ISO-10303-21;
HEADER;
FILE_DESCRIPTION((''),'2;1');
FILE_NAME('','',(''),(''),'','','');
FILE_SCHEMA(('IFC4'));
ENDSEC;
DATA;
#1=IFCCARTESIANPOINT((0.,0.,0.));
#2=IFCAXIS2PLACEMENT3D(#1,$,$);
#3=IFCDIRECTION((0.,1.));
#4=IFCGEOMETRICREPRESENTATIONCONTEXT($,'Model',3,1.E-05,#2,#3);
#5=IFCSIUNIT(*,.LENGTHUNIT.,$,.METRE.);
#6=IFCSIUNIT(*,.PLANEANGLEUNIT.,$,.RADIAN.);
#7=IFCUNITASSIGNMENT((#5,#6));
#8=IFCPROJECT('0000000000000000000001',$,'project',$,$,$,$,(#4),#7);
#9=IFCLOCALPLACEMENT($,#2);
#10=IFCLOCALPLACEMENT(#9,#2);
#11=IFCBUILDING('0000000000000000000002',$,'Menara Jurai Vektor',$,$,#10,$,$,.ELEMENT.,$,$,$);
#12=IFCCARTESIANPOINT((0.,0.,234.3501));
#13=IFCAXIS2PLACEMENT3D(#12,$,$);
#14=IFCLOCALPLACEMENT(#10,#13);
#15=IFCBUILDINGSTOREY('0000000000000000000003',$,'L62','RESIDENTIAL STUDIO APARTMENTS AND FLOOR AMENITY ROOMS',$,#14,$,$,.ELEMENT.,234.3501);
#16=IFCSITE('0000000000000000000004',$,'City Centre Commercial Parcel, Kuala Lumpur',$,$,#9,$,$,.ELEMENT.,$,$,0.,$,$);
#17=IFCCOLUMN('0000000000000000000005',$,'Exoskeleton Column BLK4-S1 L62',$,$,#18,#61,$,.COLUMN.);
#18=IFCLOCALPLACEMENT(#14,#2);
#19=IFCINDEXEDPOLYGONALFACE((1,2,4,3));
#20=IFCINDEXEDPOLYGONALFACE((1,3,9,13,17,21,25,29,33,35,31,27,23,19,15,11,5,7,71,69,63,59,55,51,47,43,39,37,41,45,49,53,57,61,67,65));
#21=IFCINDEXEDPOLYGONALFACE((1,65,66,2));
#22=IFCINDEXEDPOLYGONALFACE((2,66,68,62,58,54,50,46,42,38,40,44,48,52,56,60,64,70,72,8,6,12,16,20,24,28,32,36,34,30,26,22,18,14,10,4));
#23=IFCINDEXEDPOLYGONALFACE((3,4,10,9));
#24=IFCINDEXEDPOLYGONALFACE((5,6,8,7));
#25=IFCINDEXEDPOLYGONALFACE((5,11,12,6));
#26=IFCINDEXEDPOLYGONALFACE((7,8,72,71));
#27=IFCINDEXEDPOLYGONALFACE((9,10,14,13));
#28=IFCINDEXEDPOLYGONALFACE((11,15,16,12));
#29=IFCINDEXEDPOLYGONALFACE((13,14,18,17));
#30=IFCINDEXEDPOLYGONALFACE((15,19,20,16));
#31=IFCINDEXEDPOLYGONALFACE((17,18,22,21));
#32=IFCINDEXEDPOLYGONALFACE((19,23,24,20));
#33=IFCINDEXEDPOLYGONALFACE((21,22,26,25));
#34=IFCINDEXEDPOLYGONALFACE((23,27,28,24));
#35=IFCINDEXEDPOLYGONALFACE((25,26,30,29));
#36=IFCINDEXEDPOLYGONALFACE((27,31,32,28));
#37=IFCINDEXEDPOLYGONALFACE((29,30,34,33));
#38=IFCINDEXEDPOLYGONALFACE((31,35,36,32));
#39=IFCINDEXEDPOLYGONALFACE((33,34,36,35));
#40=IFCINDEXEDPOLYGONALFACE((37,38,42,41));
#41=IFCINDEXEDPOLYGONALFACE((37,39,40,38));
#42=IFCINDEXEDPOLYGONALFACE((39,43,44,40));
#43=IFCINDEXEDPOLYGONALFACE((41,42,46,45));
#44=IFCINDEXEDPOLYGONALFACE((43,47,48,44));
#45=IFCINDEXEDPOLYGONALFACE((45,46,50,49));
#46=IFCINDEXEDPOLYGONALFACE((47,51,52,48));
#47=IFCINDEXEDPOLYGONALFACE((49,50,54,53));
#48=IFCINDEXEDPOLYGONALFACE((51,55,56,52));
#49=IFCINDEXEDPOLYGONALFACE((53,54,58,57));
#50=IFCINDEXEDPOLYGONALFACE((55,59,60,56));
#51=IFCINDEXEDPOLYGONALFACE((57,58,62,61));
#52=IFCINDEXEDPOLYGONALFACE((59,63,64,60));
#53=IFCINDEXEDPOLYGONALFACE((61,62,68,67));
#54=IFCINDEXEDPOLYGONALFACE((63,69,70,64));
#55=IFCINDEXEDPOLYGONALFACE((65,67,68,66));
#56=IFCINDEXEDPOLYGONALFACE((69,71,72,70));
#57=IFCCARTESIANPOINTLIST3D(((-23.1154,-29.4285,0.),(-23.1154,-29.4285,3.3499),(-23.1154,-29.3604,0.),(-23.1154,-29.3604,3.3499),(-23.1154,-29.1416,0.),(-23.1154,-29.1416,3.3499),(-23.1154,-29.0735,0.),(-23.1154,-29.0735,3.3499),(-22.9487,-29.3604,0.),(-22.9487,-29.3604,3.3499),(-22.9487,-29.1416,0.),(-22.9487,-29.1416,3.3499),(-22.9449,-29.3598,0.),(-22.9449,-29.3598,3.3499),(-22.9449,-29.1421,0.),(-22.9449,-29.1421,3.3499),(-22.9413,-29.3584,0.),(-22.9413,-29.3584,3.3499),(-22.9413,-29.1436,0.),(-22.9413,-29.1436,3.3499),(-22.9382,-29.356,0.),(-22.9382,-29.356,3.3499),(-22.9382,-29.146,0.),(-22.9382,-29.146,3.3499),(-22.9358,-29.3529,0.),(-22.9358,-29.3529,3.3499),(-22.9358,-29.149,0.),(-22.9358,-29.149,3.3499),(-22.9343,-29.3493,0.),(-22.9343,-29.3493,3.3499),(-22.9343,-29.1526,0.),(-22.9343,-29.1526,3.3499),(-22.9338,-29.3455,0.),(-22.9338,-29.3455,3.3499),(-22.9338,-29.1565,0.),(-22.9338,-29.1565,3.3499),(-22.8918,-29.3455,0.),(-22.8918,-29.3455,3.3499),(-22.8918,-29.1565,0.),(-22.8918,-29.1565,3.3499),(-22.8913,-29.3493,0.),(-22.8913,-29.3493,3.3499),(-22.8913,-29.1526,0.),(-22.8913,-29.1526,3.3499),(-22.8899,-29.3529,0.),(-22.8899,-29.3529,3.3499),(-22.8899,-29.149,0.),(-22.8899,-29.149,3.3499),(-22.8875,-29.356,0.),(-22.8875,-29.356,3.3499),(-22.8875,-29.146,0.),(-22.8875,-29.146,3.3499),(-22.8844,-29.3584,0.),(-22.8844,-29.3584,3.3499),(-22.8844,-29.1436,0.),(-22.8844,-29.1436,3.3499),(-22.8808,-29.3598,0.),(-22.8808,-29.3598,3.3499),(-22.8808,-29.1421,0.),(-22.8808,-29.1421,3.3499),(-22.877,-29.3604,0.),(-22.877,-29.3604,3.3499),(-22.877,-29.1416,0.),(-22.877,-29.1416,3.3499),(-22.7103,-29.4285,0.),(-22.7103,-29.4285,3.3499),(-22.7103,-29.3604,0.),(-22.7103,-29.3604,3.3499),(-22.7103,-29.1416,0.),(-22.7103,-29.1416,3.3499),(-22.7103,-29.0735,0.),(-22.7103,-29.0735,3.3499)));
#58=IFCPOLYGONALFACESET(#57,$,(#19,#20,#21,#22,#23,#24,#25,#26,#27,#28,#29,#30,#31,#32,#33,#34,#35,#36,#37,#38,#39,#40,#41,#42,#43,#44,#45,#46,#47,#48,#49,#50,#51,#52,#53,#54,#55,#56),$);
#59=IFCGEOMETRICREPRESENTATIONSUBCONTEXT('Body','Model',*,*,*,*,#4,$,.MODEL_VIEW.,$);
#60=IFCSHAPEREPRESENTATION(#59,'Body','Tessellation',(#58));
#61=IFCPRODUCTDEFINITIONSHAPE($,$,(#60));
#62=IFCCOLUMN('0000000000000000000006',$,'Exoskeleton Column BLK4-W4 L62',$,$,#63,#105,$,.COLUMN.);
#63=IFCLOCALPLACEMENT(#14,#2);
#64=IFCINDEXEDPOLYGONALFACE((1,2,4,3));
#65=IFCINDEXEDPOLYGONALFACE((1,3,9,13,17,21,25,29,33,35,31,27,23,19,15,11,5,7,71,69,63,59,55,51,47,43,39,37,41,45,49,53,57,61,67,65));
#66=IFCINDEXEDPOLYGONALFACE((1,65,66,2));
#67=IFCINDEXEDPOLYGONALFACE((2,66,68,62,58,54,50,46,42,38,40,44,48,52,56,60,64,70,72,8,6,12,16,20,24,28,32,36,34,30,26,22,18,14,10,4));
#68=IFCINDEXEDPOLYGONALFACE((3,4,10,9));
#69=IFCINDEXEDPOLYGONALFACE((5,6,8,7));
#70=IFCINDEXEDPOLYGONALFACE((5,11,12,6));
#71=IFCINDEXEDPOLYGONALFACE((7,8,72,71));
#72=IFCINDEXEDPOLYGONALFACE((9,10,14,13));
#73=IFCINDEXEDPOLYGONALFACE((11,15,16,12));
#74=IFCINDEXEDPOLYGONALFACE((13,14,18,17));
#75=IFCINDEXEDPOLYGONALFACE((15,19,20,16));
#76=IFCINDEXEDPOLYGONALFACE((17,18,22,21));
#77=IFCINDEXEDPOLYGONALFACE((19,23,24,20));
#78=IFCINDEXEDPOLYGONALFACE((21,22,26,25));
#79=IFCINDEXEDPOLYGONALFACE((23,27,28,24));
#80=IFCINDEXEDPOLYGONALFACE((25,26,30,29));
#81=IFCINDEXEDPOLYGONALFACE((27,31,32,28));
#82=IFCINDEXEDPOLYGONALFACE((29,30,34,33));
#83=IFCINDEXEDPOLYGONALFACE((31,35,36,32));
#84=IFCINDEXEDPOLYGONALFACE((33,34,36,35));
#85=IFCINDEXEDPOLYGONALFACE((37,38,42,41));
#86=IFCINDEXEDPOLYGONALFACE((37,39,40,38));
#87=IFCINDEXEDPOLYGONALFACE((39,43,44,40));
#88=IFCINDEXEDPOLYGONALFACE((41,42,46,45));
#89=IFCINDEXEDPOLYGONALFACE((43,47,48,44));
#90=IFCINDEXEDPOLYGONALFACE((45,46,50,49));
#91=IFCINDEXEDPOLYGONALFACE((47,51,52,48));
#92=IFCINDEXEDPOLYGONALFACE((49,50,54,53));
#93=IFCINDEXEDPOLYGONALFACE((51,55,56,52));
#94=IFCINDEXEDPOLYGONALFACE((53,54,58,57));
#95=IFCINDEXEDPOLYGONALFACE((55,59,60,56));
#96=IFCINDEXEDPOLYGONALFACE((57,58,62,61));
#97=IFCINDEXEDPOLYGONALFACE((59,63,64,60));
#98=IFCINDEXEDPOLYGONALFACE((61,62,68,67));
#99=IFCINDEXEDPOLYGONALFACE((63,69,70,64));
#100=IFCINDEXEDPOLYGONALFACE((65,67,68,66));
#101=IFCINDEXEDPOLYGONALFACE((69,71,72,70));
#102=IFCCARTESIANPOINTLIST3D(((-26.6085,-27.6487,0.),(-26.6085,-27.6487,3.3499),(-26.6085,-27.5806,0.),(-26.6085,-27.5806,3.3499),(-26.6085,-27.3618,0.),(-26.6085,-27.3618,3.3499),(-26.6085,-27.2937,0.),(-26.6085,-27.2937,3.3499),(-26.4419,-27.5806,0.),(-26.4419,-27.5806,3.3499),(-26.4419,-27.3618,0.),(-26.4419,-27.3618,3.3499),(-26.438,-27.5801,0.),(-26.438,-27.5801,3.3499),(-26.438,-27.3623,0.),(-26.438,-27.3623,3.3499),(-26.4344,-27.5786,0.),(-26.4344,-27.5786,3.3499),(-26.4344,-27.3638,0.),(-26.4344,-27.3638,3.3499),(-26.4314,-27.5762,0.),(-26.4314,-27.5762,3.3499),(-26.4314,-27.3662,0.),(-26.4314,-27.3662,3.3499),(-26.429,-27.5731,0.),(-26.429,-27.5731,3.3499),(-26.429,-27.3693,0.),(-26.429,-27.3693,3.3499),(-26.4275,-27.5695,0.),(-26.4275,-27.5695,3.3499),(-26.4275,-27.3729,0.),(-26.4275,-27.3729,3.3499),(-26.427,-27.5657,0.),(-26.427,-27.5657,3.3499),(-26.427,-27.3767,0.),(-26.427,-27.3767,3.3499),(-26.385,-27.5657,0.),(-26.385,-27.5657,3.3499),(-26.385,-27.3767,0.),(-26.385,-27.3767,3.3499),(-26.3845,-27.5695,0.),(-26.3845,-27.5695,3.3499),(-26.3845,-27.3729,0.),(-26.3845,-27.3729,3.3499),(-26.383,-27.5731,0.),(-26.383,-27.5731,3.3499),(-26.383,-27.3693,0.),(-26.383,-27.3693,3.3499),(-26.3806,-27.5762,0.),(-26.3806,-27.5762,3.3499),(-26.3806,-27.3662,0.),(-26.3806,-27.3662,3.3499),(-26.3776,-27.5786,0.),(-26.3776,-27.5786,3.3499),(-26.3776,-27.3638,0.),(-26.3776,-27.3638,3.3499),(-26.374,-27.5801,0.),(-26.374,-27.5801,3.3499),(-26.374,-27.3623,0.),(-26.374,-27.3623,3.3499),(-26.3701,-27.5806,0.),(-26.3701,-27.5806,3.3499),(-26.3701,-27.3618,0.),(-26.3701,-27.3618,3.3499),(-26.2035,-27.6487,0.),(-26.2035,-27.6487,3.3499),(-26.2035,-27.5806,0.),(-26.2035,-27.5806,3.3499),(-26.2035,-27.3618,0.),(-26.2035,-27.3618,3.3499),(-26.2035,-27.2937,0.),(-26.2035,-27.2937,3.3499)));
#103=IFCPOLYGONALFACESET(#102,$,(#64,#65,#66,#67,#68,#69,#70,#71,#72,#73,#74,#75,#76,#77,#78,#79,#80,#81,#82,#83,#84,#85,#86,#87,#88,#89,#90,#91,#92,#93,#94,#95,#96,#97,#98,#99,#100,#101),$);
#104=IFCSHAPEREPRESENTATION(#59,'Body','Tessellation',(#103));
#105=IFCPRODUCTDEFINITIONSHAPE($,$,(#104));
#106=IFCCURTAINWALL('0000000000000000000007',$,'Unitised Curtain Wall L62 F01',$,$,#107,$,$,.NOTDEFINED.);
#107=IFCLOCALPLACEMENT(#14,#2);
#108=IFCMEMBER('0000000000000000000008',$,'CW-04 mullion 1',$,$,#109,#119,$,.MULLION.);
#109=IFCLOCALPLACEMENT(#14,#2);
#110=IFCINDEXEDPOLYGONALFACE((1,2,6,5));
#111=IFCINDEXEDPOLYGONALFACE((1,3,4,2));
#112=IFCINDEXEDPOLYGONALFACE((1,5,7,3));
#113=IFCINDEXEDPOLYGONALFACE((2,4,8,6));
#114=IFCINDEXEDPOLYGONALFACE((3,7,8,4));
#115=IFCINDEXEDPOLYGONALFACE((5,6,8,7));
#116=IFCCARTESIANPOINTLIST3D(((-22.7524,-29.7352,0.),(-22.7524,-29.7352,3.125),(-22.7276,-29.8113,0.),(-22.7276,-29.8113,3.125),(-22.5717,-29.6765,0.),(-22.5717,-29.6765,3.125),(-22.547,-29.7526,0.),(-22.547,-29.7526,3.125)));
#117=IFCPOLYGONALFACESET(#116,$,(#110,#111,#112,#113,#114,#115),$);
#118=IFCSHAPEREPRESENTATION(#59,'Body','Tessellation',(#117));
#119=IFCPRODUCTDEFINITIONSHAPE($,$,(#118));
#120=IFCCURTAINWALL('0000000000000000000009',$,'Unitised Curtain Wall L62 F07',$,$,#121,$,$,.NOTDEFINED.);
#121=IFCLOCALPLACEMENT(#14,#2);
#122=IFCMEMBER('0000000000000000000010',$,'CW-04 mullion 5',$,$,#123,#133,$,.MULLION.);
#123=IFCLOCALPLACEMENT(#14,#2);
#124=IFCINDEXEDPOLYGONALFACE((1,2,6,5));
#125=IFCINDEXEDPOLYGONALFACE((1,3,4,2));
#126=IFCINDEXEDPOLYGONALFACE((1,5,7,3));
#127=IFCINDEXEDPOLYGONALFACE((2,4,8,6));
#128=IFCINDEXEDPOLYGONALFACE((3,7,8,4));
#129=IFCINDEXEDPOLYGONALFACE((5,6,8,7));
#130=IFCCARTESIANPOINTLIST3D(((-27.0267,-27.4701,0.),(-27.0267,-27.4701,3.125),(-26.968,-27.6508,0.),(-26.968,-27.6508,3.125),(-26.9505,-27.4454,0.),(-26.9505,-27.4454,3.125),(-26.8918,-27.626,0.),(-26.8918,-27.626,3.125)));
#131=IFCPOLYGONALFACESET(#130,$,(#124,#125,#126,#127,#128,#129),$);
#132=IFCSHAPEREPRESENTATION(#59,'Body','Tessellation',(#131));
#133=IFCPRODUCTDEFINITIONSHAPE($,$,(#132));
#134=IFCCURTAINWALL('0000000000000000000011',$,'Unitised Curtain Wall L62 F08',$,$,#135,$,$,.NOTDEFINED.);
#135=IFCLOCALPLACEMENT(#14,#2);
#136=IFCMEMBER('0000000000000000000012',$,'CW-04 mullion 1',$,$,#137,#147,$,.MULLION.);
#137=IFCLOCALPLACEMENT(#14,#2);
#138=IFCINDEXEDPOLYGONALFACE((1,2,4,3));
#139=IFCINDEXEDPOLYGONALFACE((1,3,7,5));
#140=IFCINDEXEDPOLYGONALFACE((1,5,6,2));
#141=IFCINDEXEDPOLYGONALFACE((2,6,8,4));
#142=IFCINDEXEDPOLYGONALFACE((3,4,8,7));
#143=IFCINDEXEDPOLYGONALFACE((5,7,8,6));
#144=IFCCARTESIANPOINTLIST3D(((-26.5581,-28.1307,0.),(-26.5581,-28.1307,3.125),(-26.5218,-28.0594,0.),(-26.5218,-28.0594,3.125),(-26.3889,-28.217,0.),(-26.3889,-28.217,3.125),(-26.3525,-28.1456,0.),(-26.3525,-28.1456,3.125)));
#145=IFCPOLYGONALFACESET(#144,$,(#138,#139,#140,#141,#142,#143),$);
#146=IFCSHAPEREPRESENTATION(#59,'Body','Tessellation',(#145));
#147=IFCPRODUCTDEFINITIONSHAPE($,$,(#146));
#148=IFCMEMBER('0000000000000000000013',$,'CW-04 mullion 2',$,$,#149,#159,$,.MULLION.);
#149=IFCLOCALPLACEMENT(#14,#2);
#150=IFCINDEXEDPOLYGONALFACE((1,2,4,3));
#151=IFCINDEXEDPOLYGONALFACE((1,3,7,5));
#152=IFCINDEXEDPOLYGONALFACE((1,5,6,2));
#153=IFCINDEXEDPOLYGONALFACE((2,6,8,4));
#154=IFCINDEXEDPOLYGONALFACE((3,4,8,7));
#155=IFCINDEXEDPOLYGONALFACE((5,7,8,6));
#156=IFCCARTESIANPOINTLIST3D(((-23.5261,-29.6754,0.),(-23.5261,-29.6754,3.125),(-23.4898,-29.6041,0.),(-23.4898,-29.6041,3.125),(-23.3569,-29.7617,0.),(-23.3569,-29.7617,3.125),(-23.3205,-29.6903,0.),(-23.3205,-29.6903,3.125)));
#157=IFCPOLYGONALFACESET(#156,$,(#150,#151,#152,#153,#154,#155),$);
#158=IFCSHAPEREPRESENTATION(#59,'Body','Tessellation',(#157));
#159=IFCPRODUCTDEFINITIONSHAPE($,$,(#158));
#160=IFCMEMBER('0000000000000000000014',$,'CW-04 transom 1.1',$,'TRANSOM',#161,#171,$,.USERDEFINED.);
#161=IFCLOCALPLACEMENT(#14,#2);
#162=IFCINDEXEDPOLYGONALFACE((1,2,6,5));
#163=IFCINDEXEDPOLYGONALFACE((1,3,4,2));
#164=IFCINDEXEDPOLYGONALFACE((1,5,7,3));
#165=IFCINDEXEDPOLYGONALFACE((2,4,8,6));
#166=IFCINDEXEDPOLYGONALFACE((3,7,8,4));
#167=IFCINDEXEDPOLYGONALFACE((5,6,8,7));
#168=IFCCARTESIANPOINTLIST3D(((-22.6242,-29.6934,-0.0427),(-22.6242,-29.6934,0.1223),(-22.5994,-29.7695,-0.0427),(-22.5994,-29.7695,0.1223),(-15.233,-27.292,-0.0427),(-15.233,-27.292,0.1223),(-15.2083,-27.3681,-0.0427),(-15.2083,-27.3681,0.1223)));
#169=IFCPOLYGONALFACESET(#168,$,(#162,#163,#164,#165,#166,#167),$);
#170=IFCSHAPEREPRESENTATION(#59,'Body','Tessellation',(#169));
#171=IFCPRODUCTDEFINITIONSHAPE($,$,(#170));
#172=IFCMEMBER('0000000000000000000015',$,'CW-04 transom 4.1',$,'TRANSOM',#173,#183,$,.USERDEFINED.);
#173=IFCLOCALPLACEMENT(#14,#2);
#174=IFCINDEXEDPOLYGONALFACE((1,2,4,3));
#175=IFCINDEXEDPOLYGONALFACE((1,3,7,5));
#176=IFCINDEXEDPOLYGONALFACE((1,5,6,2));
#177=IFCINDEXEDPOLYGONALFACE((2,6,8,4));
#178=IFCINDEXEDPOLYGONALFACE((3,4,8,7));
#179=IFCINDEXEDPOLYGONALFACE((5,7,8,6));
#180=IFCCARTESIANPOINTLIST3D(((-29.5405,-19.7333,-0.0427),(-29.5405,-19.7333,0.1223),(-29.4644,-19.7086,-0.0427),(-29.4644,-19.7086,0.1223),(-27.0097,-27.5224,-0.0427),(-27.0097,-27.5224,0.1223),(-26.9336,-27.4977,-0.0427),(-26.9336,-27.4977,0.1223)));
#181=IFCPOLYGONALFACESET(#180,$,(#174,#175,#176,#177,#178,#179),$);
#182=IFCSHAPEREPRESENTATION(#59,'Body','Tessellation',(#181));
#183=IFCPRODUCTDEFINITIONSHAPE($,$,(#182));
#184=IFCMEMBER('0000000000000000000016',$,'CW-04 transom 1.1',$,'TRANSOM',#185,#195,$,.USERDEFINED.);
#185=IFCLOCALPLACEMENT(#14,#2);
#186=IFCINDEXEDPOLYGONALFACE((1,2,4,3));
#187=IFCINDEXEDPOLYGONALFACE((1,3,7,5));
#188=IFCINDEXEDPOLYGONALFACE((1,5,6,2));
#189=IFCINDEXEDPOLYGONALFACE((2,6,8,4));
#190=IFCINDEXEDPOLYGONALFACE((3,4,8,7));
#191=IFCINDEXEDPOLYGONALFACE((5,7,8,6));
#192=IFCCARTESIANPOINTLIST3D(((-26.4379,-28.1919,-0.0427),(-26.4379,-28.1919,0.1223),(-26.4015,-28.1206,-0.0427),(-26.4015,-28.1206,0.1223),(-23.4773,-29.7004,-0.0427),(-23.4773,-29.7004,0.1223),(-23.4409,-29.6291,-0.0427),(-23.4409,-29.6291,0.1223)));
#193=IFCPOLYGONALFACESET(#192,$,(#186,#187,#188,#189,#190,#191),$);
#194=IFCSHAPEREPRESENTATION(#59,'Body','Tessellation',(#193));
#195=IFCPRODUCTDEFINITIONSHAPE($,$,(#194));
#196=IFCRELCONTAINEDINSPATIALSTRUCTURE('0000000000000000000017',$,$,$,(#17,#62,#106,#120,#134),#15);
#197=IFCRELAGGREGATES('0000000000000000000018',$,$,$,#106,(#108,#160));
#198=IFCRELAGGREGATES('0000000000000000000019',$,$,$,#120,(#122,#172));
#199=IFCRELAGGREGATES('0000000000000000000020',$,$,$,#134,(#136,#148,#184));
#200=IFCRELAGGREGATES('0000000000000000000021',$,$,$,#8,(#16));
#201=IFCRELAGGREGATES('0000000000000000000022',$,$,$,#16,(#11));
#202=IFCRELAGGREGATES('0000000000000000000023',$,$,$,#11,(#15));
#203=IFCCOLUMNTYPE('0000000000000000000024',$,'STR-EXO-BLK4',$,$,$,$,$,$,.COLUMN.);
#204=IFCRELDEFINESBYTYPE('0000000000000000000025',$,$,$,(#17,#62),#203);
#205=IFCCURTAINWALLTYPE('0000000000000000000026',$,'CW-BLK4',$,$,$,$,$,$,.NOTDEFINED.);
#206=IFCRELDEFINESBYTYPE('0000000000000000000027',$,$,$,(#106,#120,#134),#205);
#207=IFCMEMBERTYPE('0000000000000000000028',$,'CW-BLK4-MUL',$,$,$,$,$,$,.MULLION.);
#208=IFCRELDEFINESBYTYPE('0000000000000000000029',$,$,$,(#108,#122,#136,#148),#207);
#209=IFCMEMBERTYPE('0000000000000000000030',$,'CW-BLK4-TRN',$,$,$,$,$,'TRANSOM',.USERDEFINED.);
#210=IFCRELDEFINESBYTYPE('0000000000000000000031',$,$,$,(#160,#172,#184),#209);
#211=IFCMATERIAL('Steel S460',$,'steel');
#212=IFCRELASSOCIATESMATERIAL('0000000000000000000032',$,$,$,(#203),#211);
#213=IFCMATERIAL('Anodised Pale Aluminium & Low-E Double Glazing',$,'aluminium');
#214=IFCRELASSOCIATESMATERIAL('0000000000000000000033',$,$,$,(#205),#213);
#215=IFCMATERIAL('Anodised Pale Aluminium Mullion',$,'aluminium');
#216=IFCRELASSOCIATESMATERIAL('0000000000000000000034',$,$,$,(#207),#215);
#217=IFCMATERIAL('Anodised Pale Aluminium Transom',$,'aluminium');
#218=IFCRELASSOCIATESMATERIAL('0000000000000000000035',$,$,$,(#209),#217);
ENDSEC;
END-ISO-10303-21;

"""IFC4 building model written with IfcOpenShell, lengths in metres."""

from ifc_helpers import new_model, si_unit, direction, frame, origin, origin_2d, place, context, subcontext, project, spatial, rectangle, i_section, extrude, material, material_profile, profile_set, type_object, element, aggregate, save


model = new_model("IFC4")

# Units and contexts
model_context = context("Model", 3, precision=1e-05, world=origin(), true_north=direction((0.0, 1.0)))
body_context = subcontext(model_context, "Body", "Model", "MODEL_VIEW")
ifc_project = project(units=[si_unit("LENGTHUNIT", "METRE"), si_unit("PLANEANGLEUNIT", "RADIAN")], contexts=[model_context])

# Site, building, storey
site_placement = place(None, origin())
site = spatial("IfcSite", under=ifc_project, at=site_placement, Name="City Centre Commercial Parcel, Kuala Lumpur", CompositionType="ELEMENT", RefElevation=0.0)
building_placement = place(site_placement, origin())
building = spatial("IfcBuilding", under=site, at=building_placement, Name="Menara Jurai Vektor", CompositionType="ELEMENT")
storey_placement = place(building_placement, frame((0.0, 0.0, 234.3501)))
storey = spatial("IfcBuildingStorey", under=building, at=storey_placement, Name="L62", Description="RESIDENTIAL STUDIO APARTMENTS AND FLOOR AMENITY ROOMS", CompositionType="ELEMENT", Elevation=234.3501)

# Columns
ifc_material_1 = material(Name="Steel S460", Category="steel")
ifc_material_profile_1 = material_profile(ifc_material_1, i_section(OverallWidth=0.405, OverallDepth=0.355, WebThickness=0.042, FlangeThickness=0.0681, FilletRadius=0.0149, at=origin_2d()), Name="HD 400x551")
ifc_profile_set_1 = profile_set([ifc_material_profile_1], Name="Steel S460")
column_type = type_object("IfcColumnType", Name="STR-EXO-BLK4", PredefinedType="COLUMN", material=ifc_profile_set_1)
for number, where, z_axis, x_axis, name in (
    (1, (-22.9128, -29.251, 0.0), (0.0, 0.0, 1.0), (1.0, 0.0, 0.0), "Exoskeleton Column BLK4-S1 L62"),
    (2, (-26.406, -27.4712, 0.0), (0.0, 0.0, 1.0), (1.0, 0.0, 0.0), "Exoskeleton Column BLK4-W4 L62"),
):
    element("IfcColumn", number, at=place(storey_placement, frame(where, z_axis=z_axis, x_axis=x_axis)), inside=storey, type_object=column_type, Name=name, PredefinedType="COLUMN", context=body_context, shape_type="SweptSolid", body=[
        extrude(i_section(OverallWidth=0.405, OverallDepth=0.355, WebThickness=0.042, FlangeThickness=0.0681, FilletRadius=0.0149, at=origin_2d()), origin(), (0.0, 0.0, 1.0), 3.3499),
    ])

# Curtain walls, members
ifc_material_2 = material(Name="Anodised Pale Aluminium & Low-E Double Glazing", Category="aluminium")
curtain_wall_type = type_object("IfcCurtainWallType", Name="CW-BLK4", PredefinedType="NOTDEFINED", material=ifc_material_2)
curtain_wall_1_placement = place(storey_placement, origin())
curtain_wall_1 = element("IfcCurtainWall", 3, at=curtain_wall_1_placement, inside=storey, type_object=curtain_wall_type, Name="Unitised Curtain Wall L62 F01", PredefinedType="NOTDEFINED")
ifc_material_3 = material(Name="Anodised Pale Aluminium Mullion", Category="aluminium")
ifc_material_profile_2 = material_profile(ifc_material_3, rectangle(XDim=0.0801, YDim=0.1899, at=origin_2d()), Name="ALU MUL 80x190")
ifc_profile_set_2 = profile_set([ifc_material_profile_2], Name="Anodised Pale Aluminium Mullion")
member_type_1 = type_object("IfcMemberType", Name="CW-BLK4-MUL", PredefinedType="MULLION", material=ifc_profile_set_2)
member_1_placement = place(storey_placement, frame((-22.6497, -29.7439, 0.0), z_axis=(0.0, 0.0, 1.0), x_axis=(-0.309017, 0.951056, 0.0)))
member_1 = element("IfcMember", 4, at=member_1_placement, type_object=member_type_1, Name="CW-04 mullion 1", PredefinedType="MULLION", context=body_context, shape_type="SweptSolid", body=[
    extrude(rectangle(XDim=0.0801, YDim=0.1899, at=origin_2d()), origin(), (0.0, 0.0, 1.0), 3.125),
])
curtain_wall_2_placement = place(storey_placement, origin())
curtain_wall_2 = element("IfcCurtainWall", 5, at=curtain_wall_2_placement, inside=storey, type_object=curtain_wall_type, Name="Unitised Curtain Wall L62 F07", PredefinedType="NOTDEFINED")
member_2_placement = place(storey_placement, frame((-26.9592, -27.5481, 0.0), z_axis=(0.0, 0.0, 1.0), x_axis=(0.951057, 0.309016, 0.0)))
member_2 = element("IfcMember", 6, at=member_2_placement, type_object=member_type_1, Name="CW-04 mullion 5", PredefinedType="MULLION", context=body_context, shape_type="SweptSolid", body=[
    extrude(rectangle(XDim=0.0801, YDim=0.1899, at=origin_2d()), origin(), (0.0, 0.0, 1.0), 3.125),
])

# Curtain wall, members
curtain_wall_3_placement = place(storey_placement, origin())
curtain_wall_3 = element("IfcCurtainWall", 7, at=curtain_wall_3_placement, inside=storey, type_object=curtain_wall_type, Name="Unitised Curtain Wall L62 F08", PredefinedType="NOTDEFINED")
member_3_placement = place(storey_placement, frame((-26.4553, -28.1382, 0.0), z_axis=(0.0, 0.0, 1.0), x_axis=(0.453989, 0.891008, 0.0)))
member_3 = element("IfcMember", 8, at=member_3_placement, type_object=member_type_1, Name="CW-04 mullion 1", PredefinedType="MULLION", context=body_context, shape_type="SweptSolid", body=[
    extrude(rectangle(XDim=0.0801, YDim=0.1899, at=origin_2d()), origin(), (0.0, 0.0, 1.0), 3.125),
])
member_4_placement = place(storey_placement, frame((-23.4233, -29.6829, 0.0), z_axis=(0.0, 0.0, 1.0), x_axis=(0.453989, 0.891008, 0.0)))
member_4 = element("IfcMember", 9, at=member_4_placement, type_object=member_type_1, Name="CW-04 mullion 2", PredefinedType="MULLION", context=body_context, shape_type="SweptSolid", body=[
    extrude(rectangle(XDim=0.0801, YDim=0.1899, at=origin_2d()), origin(), (0.0, 0.0, 1.0), 3.125),
])

# Members
ifc_material_4 = material(Name="Anodised Pale Aluminium Transom", Category="aluminium")
ifc_material_profile_3 = material_profile(ifc_material_4, rectangle(XDim=0.0801, YDim=0.165, at=origin_2d()), Name="ALU TRN 80x165")
ifc_profile_set_3 = profile_set([ifc_material_profile_3], Name="Anodised Pale Aluminium Transom")
member_type_2 = type_object("IfcMemberType", Name="CW-BLK4-TRN", ElementType="TRANSOM", PredefinedType="USERDEFINED", material=ifc_profile_set_3)
member_5_placement = place(storey_placement, frame((-22.6118, -29.7314, 0.0398), z_axis=(0.951062, 0.308999, 0.0), x_axis=(-0.308999, 0.951062, 0.0)))
member_5 = element("IfcMember", 10, at=member_5_placement, type_object=member_type_2, Name="CW-04 transom 1.1", ObjectType="TRANSOM", PredefinedType="USERDEFINED", context=body_context, shape_type="SweptSolid", body=[
    extrude(rectangle(XDim=0.0801, YDim=0.165, at=origin_2d()), origin(), (0.0, 0.0, 1.0), 7.7715),
])
aggregate(curtain_wall_1, [member_1, member_5])
member_6_placement = place(storey_placement, frame((-29.5024, -19.7209, 0.0398), z_axis=(0.309011, -0.951059, 0.0), x_axis=(0.951059, 0.309011, 0.0)))
member_6 = element("IfcMember", 11, at=member_6_placement, type_object=member_type_2, Name="CW-04 transom 4.1", ObjectType="TRANSOM", PredefinedType="USERDEFINED", context=body_context, shape_type="SweptSolid", body=[
    extrude(rectangle(XDim=0.0801, YDim=0.165, at=origin_2d()), origin(), (0.0, 0.0, 1.0), 8.1899),
])
member_7_placement = place(storey_placement, frame((-26.4197, -28.1562, 0.0398), z_axis=(0.891007, -0.45399, 0.0), x_axis=(0.45399, 0.891007, 0.0)))
member_7 = element("IfcMember", 12, at=member_7_placement, type_object=member_type_2, Name="CW-04 transom 1.1", ObjectType="TRANSOM", PredefinedType="USERDEFINED", context=body_context, shape_type="SweptSolid", body=[
    extrude(rectangle(XDim=0.0801, YDim=0.165, at=origin_2d()), origin(), (0.0, 0.0, 1.0), 3.3228),
])

aggregate(curtain_wall_2, [member_2, member_6])
aggregate(curtain_wall_3, [member_3, member_4, member_7])

save(model, "model.ifc")
